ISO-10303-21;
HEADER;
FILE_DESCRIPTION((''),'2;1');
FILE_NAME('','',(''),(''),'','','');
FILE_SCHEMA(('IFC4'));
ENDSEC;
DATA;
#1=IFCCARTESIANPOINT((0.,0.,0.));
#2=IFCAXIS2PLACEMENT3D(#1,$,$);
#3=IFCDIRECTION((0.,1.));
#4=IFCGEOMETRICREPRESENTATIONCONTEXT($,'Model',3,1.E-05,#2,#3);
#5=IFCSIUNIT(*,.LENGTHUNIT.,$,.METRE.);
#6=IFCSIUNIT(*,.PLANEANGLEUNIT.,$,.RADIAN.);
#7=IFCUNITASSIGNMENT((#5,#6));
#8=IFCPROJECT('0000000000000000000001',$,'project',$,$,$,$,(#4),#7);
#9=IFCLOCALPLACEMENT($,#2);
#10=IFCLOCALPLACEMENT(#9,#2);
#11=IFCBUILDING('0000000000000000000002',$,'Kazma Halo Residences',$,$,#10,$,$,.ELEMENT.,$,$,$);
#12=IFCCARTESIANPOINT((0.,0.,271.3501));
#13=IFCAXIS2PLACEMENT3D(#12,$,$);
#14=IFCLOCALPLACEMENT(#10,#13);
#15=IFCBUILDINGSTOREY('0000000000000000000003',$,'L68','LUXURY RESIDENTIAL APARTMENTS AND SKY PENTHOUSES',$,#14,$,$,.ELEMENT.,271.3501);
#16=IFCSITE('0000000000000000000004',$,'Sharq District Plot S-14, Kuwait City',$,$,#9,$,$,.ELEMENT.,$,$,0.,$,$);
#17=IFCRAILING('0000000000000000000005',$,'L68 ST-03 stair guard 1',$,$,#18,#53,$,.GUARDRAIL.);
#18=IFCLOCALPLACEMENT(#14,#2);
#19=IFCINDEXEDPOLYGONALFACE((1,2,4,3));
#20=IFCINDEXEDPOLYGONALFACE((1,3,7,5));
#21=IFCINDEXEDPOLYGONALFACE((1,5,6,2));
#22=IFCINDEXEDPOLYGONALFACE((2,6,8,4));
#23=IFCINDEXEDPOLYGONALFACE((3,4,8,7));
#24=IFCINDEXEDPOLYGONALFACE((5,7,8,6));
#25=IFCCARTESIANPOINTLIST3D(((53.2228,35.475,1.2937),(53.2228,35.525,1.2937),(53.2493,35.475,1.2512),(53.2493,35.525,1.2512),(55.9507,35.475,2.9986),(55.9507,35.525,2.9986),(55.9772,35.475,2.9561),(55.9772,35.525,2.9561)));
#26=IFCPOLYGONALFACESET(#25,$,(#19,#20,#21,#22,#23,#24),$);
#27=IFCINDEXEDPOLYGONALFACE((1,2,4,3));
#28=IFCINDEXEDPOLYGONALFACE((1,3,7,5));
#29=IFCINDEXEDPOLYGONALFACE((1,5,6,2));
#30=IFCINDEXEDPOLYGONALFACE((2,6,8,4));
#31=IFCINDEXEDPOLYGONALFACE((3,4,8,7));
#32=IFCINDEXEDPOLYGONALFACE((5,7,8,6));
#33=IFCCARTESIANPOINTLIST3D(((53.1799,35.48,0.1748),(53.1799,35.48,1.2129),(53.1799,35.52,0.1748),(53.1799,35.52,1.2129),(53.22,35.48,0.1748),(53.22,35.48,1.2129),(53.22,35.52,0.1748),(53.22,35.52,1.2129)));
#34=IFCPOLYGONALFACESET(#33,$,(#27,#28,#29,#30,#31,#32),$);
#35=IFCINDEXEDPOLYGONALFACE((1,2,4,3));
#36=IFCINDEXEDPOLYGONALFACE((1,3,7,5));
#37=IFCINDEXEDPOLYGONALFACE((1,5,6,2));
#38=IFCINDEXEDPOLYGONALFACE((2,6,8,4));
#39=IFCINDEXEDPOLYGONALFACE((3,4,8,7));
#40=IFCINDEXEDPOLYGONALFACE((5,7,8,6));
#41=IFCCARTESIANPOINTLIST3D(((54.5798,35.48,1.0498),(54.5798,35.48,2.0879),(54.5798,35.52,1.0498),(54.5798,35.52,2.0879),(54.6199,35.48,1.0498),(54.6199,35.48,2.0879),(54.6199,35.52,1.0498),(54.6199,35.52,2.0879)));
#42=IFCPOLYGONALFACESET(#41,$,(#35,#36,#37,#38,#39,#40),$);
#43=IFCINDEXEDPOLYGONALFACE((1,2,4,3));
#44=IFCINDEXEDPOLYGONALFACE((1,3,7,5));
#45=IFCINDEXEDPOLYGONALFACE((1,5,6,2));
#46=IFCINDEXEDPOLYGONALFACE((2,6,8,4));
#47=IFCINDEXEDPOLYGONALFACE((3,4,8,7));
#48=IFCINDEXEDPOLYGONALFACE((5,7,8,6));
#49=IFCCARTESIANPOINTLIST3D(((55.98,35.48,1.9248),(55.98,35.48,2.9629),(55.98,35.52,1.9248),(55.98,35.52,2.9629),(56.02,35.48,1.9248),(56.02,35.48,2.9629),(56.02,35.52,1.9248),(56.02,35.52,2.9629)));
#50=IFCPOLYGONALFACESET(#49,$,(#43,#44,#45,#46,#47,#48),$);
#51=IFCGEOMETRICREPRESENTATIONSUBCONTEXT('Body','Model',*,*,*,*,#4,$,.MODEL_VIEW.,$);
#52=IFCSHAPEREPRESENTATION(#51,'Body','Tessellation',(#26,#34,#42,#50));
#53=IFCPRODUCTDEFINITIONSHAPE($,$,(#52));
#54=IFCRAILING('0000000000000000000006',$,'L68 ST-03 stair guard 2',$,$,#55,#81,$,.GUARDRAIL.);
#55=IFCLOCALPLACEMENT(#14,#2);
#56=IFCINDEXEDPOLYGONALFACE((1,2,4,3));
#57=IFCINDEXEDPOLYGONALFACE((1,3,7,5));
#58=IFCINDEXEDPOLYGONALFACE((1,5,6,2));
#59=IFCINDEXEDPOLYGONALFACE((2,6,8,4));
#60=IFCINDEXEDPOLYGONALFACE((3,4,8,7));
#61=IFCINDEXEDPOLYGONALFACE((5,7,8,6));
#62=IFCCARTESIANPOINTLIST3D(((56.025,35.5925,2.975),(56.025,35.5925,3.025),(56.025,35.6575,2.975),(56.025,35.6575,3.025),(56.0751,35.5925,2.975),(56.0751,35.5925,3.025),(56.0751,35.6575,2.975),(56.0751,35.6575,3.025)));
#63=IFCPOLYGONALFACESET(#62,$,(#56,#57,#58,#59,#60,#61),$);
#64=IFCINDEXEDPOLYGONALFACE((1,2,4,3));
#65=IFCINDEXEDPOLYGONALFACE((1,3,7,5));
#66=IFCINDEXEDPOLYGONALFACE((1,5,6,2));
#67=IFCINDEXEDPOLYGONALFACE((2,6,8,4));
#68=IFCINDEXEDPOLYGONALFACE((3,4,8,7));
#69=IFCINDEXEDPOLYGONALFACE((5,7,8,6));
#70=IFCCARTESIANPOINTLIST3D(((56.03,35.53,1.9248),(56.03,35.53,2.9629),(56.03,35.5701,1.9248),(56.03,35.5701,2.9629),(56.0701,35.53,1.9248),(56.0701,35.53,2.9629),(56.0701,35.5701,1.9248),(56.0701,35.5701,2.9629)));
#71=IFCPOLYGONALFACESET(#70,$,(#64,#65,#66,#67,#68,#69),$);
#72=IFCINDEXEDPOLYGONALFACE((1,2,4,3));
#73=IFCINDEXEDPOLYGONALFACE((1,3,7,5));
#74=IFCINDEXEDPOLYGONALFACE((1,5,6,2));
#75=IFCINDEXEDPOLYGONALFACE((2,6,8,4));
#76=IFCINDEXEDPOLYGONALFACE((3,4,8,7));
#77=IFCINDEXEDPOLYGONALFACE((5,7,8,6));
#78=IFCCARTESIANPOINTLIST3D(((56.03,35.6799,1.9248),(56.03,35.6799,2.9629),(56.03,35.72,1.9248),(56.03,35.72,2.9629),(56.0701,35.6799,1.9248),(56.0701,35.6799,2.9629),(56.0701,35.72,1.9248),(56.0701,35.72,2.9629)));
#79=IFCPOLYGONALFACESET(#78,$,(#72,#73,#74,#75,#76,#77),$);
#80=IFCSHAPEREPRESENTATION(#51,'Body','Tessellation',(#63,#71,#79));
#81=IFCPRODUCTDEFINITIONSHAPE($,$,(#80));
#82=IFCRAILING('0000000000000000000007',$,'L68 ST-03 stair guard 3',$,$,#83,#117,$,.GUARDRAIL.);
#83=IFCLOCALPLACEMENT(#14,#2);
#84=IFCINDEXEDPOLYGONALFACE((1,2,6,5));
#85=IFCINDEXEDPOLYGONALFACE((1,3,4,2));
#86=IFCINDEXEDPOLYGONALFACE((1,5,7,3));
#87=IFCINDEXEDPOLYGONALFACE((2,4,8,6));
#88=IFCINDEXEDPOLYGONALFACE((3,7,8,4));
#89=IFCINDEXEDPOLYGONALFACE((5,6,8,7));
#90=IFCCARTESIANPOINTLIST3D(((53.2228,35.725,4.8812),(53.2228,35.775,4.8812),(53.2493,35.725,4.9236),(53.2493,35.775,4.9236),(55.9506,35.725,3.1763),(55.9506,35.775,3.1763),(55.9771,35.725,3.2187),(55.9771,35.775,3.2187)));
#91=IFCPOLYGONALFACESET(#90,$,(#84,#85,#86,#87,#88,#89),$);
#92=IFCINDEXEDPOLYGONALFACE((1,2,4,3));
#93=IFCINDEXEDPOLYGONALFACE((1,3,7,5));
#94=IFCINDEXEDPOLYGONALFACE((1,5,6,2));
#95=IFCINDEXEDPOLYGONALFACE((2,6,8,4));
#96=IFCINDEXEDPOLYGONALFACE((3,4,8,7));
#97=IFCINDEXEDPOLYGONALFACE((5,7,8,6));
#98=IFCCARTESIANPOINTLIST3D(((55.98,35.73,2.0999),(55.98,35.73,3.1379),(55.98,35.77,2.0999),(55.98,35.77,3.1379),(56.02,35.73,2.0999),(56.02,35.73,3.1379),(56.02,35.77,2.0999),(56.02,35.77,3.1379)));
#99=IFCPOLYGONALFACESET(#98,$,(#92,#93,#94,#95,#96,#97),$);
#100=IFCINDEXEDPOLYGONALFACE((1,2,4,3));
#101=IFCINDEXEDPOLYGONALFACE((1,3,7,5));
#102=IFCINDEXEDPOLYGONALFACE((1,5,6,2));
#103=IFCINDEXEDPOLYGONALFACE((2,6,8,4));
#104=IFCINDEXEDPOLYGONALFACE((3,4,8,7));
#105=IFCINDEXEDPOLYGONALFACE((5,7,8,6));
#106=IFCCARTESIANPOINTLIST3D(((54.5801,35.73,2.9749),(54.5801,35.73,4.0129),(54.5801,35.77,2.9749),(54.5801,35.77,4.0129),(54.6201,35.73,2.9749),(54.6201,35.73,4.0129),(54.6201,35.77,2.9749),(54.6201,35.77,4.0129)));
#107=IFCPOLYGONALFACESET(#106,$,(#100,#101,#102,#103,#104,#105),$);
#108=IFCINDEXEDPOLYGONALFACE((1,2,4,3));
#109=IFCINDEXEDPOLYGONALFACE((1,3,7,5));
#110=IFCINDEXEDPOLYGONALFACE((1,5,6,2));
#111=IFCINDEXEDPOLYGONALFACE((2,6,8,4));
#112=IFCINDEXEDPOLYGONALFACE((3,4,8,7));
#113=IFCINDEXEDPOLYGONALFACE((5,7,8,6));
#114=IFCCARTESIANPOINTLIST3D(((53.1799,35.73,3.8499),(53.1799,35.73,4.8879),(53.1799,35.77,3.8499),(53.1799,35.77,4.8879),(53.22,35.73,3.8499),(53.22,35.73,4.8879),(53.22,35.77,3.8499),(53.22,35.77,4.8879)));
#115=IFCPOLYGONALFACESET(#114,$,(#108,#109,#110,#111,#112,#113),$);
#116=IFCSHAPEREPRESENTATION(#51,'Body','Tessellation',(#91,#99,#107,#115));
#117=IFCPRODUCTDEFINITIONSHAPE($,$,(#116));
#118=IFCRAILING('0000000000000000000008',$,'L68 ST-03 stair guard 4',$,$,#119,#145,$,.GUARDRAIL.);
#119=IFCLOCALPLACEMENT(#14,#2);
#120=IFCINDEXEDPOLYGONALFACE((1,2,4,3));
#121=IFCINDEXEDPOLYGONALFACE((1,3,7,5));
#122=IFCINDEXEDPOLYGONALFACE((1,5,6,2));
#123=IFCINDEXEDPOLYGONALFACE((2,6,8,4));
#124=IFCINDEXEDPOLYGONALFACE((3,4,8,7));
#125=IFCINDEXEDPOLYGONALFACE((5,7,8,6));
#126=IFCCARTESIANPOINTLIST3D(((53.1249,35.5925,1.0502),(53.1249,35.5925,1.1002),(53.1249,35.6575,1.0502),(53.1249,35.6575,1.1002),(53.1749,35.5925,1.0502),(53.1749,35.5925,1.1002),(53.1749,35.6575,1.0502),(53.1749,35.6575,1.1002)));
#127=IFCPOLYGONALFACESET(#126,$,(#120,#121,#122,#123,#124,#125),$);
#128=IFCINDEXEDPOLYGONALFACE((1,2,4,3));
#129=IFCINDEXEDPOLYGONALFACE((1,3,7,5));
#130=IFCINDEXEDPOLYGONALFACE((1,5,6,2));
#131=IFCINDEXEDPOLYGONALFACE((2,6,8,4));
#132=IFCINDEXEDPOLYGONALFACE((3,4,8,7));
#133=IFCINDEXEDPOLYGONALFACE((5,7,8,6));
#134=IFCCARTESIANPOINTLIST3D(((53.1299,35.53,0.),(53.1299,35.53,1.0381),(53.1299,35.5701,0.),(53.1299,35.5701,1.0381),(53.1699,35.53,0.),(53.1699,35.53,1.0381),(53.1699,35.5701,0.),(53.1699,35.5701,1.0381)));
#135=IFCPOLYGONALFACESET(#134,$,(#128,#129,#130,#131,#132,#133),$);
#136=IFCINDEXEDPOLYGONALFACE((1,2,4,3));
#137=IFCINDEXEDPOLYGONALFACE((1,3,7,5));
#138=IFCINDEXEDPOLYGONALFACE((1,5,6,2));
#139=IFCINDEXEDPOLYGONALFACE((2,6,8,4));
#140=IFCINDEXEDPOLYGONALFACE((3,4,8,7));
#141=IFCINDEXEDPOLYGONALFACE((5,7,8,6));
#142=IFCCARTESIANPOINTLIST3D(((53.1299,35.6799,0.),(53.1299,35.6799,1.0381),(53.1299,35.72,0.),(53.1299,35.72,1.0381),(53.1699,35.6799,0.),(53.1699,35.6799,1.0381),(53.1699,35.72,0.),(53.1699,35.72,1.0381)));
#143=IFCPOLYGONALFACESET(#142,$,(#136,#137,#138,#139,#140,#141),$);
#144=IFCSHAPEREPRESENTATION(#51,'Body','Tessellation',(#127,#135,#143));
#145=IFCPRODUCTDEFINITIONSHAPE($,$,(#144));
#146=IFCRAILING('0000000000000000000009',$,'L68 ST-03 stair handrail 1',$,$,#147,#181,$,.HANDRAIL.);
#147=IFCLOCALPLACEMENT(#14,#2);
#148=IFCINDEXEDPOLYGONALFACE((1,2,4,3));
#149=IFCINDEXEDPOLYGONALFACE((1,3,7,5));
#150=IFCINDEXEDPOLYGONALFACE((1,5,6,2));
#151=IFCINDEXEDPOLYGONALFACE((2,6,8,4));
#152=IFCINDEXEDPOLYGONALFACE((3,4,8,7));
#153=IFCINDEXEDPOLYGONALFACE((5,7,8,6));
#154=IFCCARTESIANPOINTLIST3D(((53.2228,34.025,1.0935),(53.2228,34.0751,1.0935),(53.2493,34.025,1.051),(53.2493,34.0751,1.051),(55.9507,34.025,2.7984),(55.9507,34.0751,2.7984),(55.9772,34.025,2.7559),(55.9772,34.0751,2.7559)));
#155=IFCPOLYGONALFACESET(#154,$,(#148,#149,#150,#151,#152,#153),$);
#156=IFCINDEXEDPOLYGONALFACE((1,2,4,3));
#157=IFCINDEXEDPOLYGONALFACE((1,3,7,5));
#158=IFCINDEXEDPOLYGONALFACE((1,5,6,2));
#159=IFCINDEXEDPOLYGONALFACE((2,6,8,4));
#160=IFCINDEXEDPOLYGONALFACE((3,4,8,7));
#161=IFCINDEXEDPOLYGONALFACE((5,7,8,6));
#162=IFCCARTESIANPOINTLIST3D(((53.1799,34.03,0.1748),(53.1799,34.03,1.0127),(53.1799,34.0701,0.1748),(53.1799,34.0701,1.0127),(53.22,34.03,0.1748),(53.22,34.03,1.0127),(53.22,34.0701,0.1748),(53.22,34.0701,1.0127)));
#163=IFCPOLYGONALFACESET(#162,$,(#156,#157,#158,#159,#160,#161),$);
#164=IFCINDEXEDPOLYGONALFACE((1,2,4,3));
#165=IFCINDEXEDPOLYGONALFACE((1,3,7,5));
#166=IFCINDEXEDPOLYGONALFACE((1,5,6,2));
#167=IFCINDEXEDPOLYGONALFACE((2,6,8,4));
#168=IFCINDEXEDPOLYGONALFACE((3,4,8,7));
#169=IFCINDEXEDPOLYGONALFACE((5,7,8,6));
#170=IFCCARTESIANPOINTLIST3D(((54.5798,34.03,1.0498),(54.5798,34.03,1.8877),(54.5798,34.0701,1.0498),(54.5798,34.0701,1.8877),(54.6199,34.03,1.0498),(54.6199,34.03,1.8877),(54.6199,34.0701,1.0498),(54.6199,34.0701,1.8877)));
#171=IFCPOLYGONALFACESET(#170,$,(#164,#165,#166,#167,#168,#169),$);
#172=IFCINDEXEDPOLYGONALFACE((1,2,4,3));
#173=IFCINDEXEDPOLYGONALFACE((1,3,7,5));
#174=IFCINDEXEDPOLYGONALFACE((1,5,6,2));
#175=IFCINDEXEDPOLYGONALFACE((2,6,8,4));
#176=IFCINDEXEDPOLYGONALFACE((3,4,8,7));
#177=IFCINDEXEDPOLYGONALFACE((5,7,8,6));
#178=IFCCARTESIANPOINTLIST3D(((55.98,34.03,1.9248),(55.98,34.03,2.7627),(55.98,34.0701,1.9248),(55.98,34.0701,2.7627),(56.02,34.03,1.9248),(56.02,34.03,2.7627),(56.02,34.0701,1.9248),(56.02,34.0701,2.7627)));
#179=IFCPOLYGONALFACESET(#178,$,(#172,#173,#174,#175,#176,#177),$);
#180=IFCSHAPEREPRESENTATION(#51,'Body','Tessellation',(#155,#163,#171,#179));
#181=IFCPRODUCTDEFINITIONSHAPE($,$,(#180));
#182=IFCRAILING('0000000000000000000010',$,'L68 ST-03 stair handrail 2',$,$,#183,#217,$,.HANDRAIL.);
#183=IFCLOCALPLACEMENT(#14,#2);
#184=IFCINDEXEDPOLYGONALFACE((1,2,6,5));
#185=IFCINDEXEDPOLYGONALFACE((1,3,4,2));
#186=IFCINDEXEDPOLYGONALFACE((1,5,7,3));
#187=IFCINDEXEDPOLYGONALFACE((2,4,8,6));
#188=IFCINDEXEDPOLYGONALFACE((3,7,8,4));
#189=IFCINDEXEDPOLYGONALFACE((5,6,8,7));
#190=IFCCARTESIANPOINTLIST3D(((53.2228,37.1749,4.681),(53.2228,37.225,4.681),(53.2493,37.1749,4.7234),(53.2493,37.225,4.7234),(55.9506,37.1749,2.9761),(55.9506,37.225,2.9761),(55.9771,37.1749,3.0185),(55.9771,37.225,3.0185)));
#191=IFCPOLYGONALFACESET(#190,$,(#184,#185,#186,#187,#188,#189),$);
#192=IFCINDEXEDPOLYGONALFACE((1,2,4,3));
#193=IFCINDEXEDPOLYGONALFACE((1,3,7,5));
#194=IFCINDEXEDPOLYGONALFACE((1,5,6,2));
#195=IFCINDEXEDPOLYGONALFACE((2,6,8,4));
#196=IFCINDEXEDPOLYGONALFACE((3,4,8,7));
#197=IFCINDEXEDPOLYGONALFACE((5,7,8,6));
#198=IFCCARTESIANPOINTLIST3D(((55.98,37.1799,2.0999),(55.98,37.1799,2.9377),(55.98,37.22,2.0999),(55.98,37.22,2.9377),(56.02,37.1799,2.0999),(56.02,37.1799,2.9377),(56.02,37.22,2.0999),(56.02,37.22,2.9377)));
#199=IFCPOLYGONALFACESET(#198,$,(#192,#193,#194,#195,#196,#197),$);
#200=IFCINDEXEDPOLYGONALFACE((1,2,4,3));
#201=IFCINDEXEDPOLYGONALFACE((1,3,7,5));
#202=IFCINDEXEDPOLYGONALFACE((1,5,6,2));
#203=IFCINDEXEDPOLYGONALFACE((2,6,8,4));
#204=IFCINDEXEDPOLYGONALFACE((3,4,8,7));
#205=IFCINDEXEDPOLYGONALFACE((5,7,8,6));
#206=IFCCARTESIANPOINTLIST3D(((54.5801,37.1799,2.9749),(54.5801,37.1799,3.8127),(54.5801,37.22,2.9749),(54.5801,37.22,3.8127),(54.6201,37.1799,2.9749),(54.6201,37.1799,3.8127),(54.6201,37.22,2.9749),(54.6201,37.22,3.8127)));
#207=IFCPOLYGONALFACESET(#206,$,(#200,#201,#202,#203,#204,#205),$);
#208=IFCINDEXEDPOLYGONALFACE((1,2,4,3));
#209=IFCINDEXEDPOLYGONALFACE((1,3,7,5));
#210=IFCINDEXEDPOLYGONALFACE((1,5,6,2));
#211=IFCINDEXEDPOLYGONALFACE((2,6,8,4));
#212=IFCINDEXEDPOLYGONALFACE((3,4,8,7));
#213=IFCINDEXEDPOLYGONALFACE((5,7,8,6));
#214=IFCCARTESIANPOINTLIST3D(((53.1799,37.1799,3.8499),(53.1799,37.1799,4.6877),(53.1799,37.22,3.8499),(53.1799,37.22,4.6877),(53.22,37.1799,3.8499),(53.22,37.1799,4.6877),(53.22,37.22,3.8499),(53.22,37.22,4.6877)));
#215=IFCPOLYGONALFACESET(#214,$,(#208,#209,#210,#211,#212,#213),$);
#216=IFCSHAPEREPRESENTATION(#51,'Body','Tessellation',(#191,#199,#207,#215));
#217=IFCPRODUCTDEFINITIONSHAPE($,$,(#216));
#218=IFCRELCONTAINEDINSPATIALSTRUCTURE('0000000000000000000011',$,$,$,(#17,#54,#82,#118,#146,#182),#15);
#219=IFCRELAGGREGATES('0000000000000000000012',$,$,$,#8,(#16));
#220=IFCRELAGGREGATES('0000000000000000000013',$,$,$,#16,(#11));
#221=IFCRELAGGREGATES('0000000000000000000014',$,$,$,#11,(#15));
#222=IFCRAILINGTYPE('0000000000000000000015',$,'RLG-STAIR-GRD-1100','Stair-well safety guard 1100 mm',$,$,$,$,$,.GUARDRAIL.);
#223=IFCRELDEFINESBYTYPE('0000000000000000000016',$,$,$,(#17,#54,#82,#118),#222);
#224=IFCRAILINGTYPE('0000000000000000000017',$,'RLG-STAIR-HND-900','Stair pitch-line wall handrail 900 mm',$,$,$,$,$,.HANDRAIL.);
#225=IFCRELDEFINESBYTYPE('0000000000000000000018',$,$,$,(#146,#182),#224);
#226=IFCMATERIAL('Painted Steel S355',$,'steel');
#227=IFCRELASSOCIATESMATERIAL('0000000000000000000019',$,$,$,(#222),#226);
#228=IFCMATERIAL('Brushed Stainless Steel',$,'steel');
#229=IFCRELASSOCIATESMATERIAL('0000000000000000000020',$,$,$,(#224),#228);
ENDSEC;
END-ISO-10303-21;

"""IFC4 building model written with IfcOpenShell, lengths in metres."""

from ifc_helpers import new_model, si_unit, direction, frame, origin, origin_2d, place, context, subcontext, project, spatial, rectangle, extrude, material, type_object, element, save


model = new_model("IFC4")

# Units and contexts
model_context = context("Model", 3, precision=1e-05, world=origin(), true_north=direction((0.0, 1.0)))
body_context = subcontext(model_context, "Body", "Model", "MODEL_VIEW")
ifc_project = project(units=[si_unit("LENGTHUNIT", "METRE"), si_unit("PLANEANGLEUNIT", "RADIAN")], contexts=[model_context])

# Site, building, storey
site_placement = place(None, origin())
site = spatial("IfcSite", under=ifc_project, at=site_placement, Name="Sharq District Plot S-14, Kuwait City", CompositionType="ELEMENT", RefElevation=0.0)
building_placement = place(site_placement, origin())
building = spatial("IfcBuilding", under=site, at=building_placement, Name="Kazma Halo Residences", CompositionType="ELEMENT")
storey_placement = place(building_placement, frame((0.0, 0.0, 271.3501)))
storey = spatial("IfcBuildingStorey", under=building, at=storey_placement, Name="L68", Description="LUXURY RESIDENTIAL APARTMENTS AND SKY PENTHOUSES", CompositionType="ELEMENT", Elevation=271.3501)

# Railings
ifc_material_1 = material(Name="Painted Steel S355", Category="steel")
railing_type_1 = type_object("IfcRailingType", Name="RLG-STAIR-GRD-1100", Description="Stair-well safety guard 1100 mm", PredefinedType="GUARDRAIL", material=ifc_material_1)
railing_1_placement = place(storey_placement, frame((53.2, 35.5, 0.1748)))
element("IfcRailing", 1, at=railing_1_placement, inside=storey, type_object=railing_type_1, Name="L68 ST-03 stair guard 1", PredefinedType="GUARDRAIL", context=body_context, shape_type="SweptSolid", body=[
    extrude(rectangle(XDim=0.05, YDim=0.05, at=origin_2d()), frame((0.0361, 0.0, 1.0977), z_axis=(0.848002, 0.0, 0.529992), x_axis=(0.0, 1.0, 0.0)), (0.0, 0.0, 1.0), 3.2168),
    extrude(rectangle(XDim=0.04, YDim=0.04, at=origin_2d()), origin(), (0.0, 0.0, 1.0), 1.0381),
    extrude(rectangle(XDim=0.04, YDim=0.04, at=origin_2d()), frame((1.3999, 0.0, 0.875)), (0.0, 0.0, 1.0), 1.0381),
    extrude(rectangle(XDim=0.04, YDim=0.04, at=origin_2d()), frame((2.8, 0.0, 1.75)), (0.0, 0.0, 1.0), 1.0381),
])
railing_2_placement = place(storey_placement, frame((56.05, 35.55, 1.9248)))
element("IfcRailing", 2, at=railing_2_placement, inside=storey, type_object=railing_type_1, Name="L68 ST-03 stair guard 2", PredefinedType="GUARDRAIL", context=body_context, shape_type="SweptSolid", body=[
    extrude(rectangle(XDim=0.05, YDim=0.05, at=origin_2d()), frame((0.0, 0.0425, 1.0752), z_axis=(0.0, 1.0, 0.0), x_axis=(-1.0, 0.0, 0.0)), (0.0, 0.0, 1.0), 0.0649),
    extrude(rectangle(XDim=0.04, YDim=0.04, at=origin_2d()), origin(), (0.0, 0.0, 1.0), 1.0381),
    extrude(rectangle(XDim=0.04, YDim=0.04, at=origin_2d()), frame((0.0, 0.1499, 0.0)), (0.0, 0.0, 1.0), 1.0381),
])
railing_3_placement = place(storey_placement, frame((56.0, 35.75, 2.0999)))
element("IfcRailing", 3, at=railing_3_placement, inside=storey, type_object=railing_type_1, Name="L68 ST-03 stair guard 3", PredefinedType="GUARDRAIL", context=body_context, shape_type="SweptSolid", body=[
    extrude(rectangle(XDim=0.05, YDim=0.05, at=origin_2d()), frame((-0.0361, 0.0, 1.0977), z_axis=(-0.848002, 0.0, 0.529992), x_axis=(0.0, -1.0, 0.0)), (0.0, 0.0, 1.0), 3.2168),
    extrude(rectangle(XDim=0.04, YDim=0.04, at=origin_2d()), origin(), (0.0, 0.0, 1.0), 1.0381),
    extrude(rectangle(XDim=0.04, YDim=0.04, at=origin_2d()), frame((-1.3999, 0.0, 0.875)), (0.0, 0.0, 1.0), 1.0381),
    extrude(rectangle(XDim=0.04, YDim=0.04, at=origin_2d()), frame((-2.8, 0.0, 1.75)), (0.0, 0.0, 1.0), 1.0381),
])
railing_4_placement = place(storey_placement, frame((53.1499, 35.55, 0.0)))
element("IfcRailing", 4, at=railing_4_placement, inside=storey, type_object=railing_type_1, Name="L68 ST-03 stair guard 4", PredefinedType="GUARDRAIL", context=body_context, shape_type="SweptSolid", body=[
    extrude(rectangle(XDim=0.05, YDim=0.05, at=origin_2d()), frame((0.0, 0.0425, 1.0752), z_axis=(0.0, 1.0, 0.0), x_axis=(-1.0, 0.0, 0.0)), (0.0, 0.0, 1.0), 0.0649),
    extrude(rectangle(XDim=0.04, YDim=0.04, at=origin_2d()), origin(), (0.0, 0.0, 1.0), 1.0381),
    extrude(rectangle(XDim=0.04, YDim=0.04, at=origin_2d()), frame((0.0, 0.1499, 0.0)), (0.0, 0.0, 1.0), 1.0381),
])
ifc_material_2 = material(Name="Brushed Stainless Steel", Category="steel")
railing_type_2 = type_object("IfcRailingType", Name="RLG-STAIR-HND-900", Description="Stair pitch-line wall handrail 900 mm", PredefinedType="HANDRAIL", material=ifc_material_2)
railing_5_placement = place(storey_placement, frame((53.2, 34.05, 0.1748)))
element("IfcRailing", 5, at=railing_5_placement, inside=storey, type_object=railing_type_2, Name="L68 ST-03 stair handrail 1", PredefinedType="HANDRAIL", context=body_context, shape_type="SweptSolid", body=[
    extrude(rectangle(XDim=0.05, YDim=0.05, at=origin_2d()), frame((0.0361, 0.0, 0.8975), z_axis=(0.848002, 0.0, 0.529992), x_axis=(0.0, 1.0, 0.0)), (0.0, 0.0, 1.0), 3.2168),
    extrude(rectangle(XDim=0.04, YDim=0.04, at=origin_2d()), origin(), (0.0, 0.0, 1.0), 0.8379),
    extrude(rectangle(XDim=0.04, YDim=0.04, at=origin_2d()), frame((1.3999, 0.0, 0.875)), (0.0, 0.0, 1.0), 0.8379),
    extrude(rectangle(XDim=0.04, YDim=0.04, at=origin_2d()), frame((2.8, 0.0, 1.75)), (0.0, 0.0, 1.0), 0.8379),
])
railing_6_placement = place(storey_placement, frame((56.0, 37.2, 2.0999)))
element("IfcRailing", 6, at=railing_6_placement, inside=storey, type_object=railing_type_2, Name="L68 ST-03 stair handrail 2", PredefinedType="HANDRAIL", context=body_context, shape_type="SweptSolid", body=[
    extrude(rectangle(XDim=0.05, YDim=0.05, at=origin_2d()), frame((-0.0361, 0.0, 0.8975), z_axis=(-0.848002, 0.0, 0.529992), x_axis=(0.0, -1.0, 0.0)), (0.0, 0.0, 1.0), 3.2168),
    extrude(rectangle(XDim=0.04, YDim=0.04, at=origin_2d()), origin(), (0.0, 0.0, 1.0), 0.8379),
    extrude(rectangle(XDim=0.04, YDim=0.04, at=origin_2d()), frame((-1.3999, 0.0, 0.875)), (0.0, 0.0, 1.0), 0.8379),
    extrude(rectangle(XDim=0.04, YDim=0.04, at=origin_2d()), frame((-2.8, 0.0, 1.75)), (0.0, 0.0, 1.0), 0.8379),
])

save(model, "model.ifc")
